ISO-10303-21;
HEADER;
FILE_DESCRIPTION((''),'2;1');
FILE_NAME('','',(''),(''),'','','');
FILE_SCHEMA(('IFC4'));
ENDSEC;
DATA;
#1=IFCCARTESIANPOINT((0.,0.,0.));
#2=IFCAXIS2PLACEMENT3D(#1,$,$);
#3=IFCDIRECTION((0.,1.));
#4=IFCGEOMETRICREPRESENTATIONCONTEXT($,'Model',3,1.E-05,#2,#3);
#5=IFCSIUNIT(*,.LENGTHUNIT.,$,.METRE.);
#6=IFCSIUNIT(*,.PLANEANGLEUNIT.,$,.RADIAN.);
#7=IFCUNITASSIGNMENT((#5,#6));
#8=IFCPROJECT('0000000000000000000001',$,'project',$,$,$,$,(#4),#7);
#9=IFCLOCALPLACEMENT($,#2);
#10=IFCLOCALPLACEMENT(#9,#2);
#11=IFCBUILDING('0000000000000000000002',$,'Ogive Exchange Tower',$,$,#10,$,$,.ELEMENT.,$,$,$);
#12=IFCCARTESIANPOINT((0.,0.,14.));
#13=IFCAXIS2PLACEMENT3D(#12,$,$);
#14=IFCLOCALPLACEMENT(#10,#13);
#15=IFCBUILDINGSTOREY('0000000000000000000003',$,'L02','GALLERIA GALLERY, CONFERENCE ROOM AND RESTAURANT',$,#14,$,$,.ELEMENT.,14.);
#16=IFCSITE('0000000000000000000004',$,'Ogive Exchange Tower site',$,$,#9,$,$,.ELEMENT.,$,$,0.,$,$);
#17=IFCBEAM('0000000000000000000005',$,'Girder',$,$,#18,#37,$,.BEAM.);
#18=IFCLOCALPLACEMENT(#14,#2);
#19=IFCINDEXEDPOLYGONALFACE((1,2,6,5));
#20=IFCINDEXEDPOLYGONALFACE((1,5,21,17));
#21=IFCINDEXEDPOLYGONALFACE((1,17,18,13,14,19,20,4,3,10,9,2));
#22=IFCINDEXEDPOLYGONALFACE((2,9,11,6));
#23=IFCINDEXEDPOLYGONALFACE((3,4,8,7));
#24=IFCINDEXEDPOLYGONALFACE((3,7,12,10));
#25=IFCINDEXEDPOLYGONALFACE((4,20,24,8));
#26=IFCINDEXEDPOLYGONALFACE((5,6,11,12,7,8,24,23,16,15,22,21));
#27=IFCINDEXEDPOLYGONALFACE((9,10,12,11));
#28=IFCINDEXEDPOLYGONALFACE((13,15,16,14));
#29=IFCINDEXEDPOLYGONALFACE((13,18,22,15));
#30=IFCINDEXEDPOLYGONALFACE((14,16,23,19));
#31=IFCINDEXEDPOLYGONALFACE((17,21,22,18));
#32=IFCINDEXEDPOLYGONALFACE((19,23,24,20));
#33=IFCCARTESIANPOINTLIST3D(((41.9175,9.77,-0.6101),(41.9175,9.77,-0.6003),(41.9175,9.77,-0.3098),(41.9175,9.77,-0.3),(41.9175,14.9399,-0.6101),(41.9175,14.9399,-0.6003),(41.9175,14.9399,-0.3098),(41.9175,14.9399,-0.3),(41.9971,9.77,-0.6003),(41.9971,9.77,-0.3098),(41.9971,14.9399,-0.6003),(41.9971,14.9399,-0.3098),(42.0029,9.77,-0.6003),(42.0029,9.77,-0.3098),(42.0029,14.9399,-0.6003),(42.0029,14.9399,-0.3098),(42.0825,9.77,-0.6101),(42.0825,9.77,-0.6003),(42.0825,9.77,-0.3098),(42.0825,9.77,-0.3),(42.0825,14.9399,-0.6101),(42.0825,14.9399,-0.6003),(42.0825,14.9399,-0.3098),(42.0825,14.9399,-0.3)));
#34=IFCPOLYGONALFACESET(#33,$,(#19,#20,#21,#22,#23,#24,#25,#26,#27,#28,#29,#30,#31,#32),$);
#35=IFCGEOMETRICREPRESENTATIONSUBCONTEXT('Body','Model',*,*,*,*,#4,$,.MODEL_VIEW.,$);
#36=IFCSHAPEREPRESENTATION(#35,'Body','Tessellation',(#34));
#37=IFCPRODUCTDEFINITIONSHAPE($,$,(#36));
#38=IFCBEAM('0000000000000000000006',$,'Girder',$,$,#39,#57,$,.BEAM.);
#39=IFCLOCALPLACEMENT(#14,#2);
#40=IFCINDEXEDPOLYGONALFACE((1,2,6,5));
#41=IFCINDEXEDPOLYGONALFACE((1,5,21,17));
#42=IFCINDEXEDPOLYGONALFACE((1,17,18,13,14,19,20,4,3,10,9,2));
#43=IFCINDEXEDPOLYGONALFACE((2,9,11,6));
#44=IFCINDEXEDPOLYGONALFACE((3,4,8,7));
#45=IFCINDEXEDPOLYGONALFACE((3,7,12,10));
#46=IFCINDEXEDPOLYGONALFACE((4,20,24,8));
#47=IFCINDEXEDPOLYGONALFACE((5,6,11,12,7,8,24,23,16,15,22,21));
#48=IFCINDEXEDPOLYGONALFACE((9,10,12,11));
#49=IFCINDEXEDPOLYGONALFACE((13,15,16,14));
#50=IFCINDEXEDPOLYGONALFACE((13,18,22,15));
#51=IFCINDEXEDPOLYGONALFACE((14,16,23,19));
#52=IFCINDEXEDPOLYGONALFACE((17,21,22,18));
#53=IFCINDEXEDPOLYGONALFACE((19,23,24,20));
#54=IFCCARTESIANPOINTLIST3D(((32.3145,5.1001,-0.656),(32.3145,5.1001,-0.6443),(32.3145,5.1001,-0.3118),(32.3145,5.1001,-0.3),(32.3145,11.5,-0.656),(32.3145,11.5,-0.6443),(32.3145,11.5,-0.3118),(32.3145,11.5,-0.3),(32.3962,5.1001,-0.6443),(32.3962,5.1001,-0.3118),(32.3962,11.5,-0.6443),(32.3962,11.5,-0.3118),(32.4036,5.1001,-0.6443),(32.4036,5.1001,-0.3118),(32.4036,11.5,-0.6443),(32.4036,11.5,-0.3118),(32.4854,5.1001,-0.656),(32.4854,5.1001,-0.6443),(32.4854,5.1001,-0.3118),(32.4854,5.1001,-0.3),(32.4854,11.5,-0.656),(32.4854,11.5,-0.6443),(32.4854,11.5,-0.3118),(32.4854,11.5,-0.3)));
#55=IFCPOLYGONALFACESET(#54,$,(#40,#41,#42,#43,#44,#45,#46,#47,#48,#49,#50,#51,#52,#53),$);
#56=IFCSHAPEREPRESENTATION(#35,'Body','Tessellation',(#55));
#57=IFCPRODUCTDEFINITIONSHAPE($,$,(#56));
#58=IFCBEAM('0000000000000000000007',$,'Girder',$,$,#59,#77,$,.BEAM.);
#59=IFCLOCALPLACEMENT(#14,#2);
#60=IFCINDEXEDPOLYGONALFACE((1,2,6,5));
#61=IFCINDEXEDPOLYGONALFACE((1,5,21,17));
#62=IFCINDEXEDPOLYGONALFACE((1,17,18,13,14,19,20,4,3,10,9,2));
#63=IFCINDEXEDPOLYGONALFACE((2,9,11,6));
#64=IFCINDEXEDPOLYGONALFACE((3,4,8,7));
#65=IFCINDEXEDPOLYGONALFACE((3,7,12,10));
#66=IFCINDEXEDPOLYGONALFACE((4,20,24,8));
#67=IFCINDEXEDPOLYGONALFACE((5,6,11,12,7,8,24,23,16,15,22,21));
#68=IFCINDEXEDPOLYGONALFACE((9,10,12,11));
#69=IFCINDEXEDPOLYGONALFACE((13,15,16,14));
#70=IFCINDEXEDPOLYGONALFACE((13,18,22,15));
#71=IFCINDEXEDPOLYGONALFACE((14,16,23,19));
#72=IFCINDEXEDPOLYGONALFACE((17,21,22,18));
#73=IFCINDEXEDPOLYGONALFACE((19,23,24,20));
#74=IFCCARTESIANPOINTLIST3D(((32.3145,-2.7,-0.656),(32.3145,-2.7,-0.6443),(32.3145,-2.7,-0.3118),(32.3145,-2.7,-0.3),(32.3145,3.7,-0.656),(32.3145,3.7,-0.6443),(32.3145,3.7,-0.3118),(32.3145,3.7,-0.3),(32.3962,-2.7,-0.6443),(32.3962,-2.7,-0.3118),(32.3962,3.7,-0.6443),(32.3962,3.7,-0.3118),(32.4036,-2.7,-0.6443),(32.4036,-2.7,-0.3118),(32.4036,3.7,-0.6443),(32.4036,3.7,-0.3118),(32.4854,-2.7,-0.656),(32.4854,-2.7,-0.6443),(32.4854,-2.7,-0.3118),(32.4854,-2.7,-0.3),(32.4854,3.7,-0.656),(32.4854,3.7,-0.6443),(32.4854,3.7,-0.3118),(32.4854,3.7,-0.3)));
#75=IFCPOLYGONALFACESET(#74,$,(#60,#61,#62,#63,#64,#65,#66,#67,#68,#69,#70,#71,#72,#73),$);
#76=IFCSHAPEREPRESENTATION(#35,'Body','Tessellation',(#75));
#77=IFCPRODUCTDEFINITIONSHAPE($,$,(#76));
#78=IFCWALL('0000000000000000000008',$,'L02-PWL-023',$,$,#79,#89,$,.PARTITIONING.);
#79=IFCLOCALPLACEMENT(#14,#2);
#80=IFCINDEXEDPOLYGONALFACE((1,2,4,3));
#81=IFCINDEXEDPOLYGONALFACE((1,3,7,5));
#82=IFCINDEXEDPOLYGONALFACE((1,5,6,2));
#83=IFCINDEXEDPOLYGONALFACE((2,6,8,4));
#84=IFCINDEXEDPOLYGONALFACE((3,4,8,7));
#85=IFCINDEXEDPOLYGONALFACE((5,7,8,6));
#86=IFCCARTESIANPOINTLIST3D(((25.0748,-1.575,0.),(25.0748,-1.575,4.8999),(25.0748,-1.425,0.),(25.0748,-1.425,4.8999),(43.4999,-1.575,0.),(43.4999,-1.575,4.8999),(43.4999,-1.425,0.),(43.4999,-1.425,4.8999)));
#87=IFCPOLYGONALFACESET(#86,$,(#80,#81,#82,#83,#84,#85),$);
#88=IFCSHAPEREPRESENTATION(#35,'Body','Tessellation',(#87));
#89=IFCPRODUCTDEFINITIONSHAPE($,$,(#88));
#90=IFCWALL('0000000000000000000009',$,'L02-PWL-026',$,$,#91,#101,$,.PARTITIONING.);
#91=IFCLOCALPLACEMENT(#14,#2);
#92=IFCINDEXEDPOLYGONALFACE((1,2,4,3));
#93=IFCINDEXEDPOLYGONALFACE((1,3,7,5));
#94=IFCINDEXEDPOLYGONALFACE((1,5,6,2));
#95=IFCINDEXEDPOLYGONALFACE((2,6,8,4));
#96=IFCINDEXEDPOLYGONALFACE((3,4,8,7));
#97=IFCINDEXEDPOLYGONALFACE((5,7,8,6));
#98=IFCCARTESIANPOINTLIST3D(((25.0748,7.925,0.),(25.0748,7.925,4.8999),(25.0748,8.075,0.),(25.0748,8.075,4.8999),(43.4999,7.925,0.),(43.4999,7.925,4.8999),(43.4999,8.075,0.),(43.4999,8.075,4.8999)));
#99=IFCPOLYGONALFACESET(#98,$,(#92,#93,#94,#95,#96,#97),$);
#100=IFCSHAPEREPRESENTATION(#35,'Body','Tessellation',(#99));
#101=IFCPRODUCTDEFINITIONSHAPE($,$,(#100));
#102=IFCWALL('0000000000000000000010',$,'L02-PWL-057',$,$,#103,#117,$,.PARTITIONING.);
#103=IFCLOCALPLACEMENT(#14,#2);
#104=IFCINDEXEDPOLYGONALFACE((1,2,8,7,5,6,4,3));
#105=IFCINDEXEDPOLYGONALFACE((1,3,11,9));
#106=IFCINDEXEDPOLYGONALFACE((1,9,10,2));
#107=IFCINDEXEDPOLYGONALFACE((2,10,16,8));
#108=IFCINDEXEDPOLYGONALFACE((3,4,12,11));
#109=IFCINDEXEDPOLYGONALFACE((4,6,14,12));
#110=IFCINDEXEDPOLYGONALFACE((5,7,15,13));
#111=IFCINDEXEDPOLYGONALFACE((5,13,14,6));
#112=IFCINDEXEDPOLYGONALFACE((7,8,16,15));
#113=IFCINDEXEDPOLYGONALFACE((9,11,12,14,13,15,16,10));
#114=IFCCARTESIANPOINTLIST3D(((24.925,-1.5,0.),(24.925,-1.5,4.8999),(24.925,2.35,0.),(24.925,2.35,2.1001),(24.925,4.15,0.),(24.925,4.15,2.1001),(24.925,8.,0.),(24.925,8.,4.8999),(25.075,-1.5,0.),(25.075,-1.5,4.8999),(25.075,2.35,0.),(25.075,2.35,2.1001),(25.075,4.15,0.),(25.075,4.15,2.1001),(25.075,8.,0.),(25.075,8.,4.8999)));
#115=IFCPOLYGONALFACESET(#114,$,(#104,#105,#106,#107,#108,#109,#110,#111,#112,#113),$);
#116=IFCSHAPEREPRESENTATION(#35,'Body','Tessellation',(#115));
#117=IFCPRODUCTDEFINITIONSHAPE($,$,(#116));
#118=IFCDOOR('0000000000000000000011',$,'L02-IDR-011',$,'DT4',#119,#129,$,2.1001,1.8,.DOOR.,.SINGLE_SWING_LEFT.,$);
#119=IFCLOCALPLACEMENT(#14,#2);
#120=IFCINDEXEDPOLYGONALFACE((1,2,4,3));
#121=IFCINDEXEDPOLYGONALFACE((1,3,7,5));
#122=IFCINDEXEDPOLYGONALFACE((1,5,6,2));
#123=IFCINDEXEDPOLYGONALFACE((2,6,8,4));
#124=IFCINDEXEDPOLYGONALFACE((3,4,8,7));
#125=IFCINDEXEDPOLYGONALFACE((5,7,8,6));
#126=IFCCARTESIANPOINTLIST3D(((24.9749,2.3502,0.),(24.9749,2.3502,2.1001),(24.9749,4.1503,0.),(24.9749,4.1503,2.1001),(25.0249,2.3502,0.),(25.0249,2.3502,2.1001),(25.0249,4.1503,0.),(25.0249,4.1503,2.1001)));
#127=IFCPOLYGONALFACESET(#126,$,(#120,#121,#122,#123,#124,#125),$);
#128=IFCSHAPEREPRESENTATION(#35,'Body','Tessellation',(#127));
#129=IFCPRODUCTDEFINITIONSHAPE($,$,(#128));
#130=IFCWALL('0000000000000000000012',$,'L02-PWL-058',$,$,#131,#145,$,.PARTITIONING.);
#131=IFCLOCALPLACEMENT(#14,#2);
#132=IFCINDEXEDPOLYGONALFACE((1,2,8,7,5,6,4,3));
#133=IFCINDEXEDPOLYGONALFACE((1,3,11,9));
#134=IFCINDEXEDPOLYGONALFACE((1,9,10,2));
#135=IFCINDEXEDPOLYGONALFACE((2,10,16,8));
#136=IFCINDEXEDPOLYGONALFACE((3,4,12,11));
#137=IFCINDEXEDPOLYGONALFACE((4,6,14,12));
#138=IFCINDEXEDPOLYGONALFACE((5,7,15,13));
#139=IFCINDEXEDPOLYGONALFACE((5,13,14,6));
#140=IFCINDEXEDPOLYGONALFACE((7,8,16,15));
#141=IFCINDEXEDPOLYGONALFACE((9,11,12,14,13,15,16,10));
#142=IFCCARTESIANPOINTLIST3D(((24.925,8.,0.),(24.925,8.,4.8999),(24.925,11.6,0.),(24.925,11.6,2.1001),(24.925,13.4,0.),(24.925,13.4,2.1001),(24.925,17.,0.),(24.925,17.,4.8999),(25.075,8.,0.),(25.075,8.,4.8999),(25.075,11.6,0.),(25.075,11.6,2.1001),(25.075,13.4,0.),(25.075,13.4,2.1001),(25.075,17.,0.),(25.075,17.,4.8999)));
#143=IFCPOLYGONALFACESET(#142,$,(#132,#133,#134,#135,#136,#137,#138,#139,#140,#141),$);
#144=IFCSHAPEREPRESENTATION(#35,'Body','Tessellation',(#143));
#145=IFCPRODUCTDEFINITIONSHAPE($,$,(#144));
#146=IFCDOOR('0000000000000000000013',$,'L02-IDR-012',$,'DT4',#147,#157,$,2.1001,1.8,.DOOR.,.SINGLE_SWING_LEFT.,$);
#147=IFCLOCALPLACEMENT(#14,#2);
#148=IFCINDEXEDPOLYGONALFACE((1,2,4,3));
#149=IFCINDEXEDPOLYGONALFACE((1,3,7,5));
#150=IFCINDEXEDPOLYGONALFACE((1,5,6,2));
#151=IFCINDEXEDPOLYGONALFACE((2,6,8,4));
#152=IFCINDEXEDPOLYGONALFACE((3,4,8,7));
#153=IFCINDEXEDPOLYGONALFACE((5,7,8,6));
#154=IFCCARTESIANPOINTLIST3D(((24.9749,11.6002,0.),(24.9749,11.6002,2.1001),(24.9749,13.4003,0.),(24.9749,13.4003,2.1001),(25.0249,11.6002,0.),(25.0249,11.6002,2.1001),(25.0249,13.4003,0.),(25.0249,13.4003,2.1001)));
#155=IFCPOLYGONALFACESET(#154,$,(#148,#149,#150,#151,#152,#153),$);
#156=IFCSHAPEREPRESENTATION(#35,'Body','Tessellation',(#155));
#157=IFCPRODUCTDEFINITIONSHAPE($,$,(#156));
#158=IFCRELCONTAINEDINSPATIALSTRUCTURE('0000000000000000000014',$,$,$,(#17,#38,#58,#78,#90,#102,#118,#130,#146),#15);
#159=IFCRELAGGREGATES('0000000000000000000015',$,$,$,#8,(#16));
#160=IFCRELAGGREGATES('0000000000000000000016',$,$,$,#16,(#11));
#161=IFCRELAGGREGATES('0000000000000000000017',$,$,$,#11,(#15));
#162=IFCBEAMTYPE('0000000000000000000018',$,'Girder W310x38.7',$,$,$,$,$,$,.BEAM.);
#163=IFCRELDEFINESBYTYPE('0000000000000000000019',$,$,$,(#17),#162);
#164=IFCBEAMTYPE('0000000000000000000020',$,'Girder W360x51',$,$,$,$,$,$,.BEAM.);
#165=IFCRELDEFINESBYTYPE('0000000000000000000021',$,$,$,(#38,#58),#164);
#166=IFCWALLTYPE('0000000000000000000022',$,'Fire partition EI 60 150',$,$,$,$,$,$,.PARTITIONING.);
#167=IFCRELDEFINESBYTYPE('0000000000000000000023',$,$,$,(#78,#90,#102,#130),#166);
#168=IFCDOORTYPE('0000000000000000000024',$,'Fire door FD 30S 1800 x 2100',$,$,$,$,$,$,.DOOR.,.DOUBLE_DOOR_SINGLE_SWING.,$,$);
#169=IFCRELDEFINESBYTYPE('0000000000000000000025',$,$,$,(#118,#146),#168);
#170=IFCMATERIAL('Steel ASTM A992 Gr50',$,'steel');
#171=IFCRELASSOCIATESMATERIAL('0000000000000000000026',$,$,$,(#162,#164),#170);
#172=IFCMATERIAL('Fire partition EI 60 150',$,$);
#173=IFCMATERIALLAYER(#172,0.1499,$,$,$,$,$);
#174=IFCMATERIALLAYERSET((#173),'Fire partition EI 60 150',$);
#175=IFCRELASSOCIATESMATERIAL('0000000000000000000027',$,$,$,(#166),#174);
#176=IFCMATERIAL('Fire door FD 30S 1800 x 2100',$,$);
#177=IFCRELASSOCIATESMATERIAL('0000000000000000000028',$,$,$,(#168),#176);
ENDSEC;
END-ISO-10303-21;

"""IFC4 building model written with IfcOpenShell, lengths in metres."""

from ifc_helpers import new_model, si_unit, direction, frame, frame_2d, origin, origin_2d, place, context, subcontext, project, spatial, rectangle, i_section, extrude, material, layer, layer_set, material_profile, profile_set, type_object, element, fill, save


model = new_model("IFC4")

# Units and contexts
model_context = context("Model", 3, precision=1e-05, world=origin(), true_north=direction((0.0, 1.0)))
body_context = subcontext(model_context, "Body", "Model", "MODEL_VIEW")
ifc_project = project(units=[si_unit("LENGTHUNIT", "METRE"), si_unit("PLANEANGLEUNIT", "RADIAN")], contexts=[model_context])

# Site, building, storey
site_placement = place(None, origin())
site = spatial("IfcSite", under=ifc_project, at=site_placement, Name="Ogive Exchange Tower site", CompositionType="ELEMENT", RefElevation=0.0)
building_placement = place(site_placement, origin())
building = spatial("IfcBuilding", under=site, at=building_placement, Name="Ogive Exchange Tower", CompositionType="ELEMENT")
storey_placement = place(building_placement, frame((0.0, 0.0, 14.0)))
storey = spatial("IfcBuildingStorey", under=building, at=storey_placement, Name="L02", Description="GALLERIA GALLERY, CONFERENCE ROOM AND RESTAURANT", CompositionType="ELEMENT", Elevation=14.0)

# Beams
ifc_material_1 = material(Name="Steel ASTM A992 Gr50", Category="steel")
ifc_material_profile_1 = material_profile(ifc_material_1, i_section(OverallWidth=0.165, OverallDepth=0.3101, WebThickness=0.0059, FlangeThickness=0.0098, at=origin_2d()), Name="W310x38.7")
ifc_profile_set_1 = profile_set([ifc_material_profile_1], Name="Steel ASTM A992 Gr50")
beam_type_1 = type_object("IfcBeamType", Name="Girder W310x38.7", PredefinedType="BEAM", material=ifc_profile_set_1)
beam_1_placement = place(storey_placement, frame((42.0, 9.77, -0.4551), z_axis=(0.0, 1.0, 0.0), x_axis=(-1.0, 0.0, 0.0)))
element("IfcBeam", 1, at=beam_1_placement, inside=storey, type_object=beam_type_1, Name="Girder", PredefinedType="BEAM", context=body_context, shape_type="SweptSolid", body=[
    extrude(i_section(OverallWidth=0.165, OverallDepth=0.3101, WebThickness=0.0059, FlangeThickness=0.0098, at=origin_2d()), origin(), (0.0, 0.0, 1.0), 5.1699),
])
ifc_material_profile_2 = material_profile(ifc_material_1, i_section(OverallWidth=0.1709, OverallDepth=0.356, WebThickness=0.0073, FlangeThickness=0.0117, at=origin_2d()), Name="W360x51")
ifc_profile_set_2 = profile_set([ifc_material_profile_2], Name="Steel ASTM A992 Gr50")
beam_type_2 = type_object("IfcBeamType", Name="Girder W360x51", PredefinedType="BEAM", material=ifc_profile_set_2)
for number, where, z_axis, x_axis, name in (
    (2, (32.3999, 5.1001, -0.478), (0.0, 1.0, 0.0), (-1.0, 0.0, 0.0), "Girder"),
    (3, (32.3999, -2.7, -0.478), (0.0, 1.0, 0.0), (-1.0, 0.0, 0.0), "Girder"),
):
    element("IfcBeam", number, at=place(storey_placement, frame(where, z_axis=z_axis, x_axis=x_axis)), inside=storey, type_object=beam_type_2, Name=name, PredefinedType="BEAM", context=body_context, shape_type="SweptSolid", body=[
        extrude(i_section(OverallWidth=0.1709, OverallDepth=0.356, WebThickness=0.0073, FlangeThickness=0.0117, at=origin_2d()), origin(), (0.0, 0.0, 1.0), 6.3999),
    ])

# Walls
ifc_material_2 = material(Name="Fire partition EI 60 150")
ifc_layer_1 = layer(ifc_material_2, 0.1499)
ifc_layer_set_1 = layer_set([ifc_layer_1], Name="Fire partition EI 60 150")
wall_type_1 = type_object("IfcWallType", Name="Fire partition EI 60 150", PredefinedType="PARTITIONING", material=ifc_layer_set_1)
for number, where, z_axis, x_axis, name in (
    (4, (25.075, -1.5, 0.0), (0.0, 0.0, 1.0), (1.0, 0.0, 0.0), "L02-PWL-023"),
    (5, (25.075, 8.0, 0.0), (0.0, 0.0, 1.0), (1.0, 0.0, 0.0), "L02-PWL-026"),
):
    element("IfcWall", number, at=place(storey_placement, frame(where, z_axis=z_axis, x_axis=x_axis)), inside=storey, type_object=wall_type_1, Name=name, PredefinedType="PARTITIONING", context=body_context, shape_type="SweptSolid", body=[
        extrude(rectangle(XDim=18.425, YDim=0.1499, at=frame_2d((9.2124, 0.0))), origin(), (0.0, 0.0, 1.0), 4.8999),
    ])

# Walls, openings, doors
wall_1_placement = place(storey_placement, frame((25.0, -1.5, 0.0), z_axis=(0.0, 0.0, 1.0), x_axis=(0.0, 1.0, 0.0)))
wall_1 = element("IfcWall", 6, at=wall_1_placement, inside=storey, type_object=wall_type_1, Name="L02-PWL-057", PredefinedType="PARTITIONING", context=body_context, shape_type="SweptSolid", body=[
    extrude(rectangle(XDim=9.5, YDim=0.1499, at=frame_2d((4.75, 0.0))), origin(), (0.0, 0.0, 1.0), 4.8999),
])
opening_1_placement = place(wall_1_placement, frame((3.8501, 0.0, 0.0)))
opening_1 = element("IfcOpeningElement", 7, at=opening_1_placement, cuts=wall_1, PredefinedType="OPENING", context=body_context, shape_type="SweptSolid", body=[
    extrude(rectangle(XDim=1.8, YDim=2.1001, at=frame_2d((0.8999, 1.05))), frame((0.0, 0.085, 0.0), z_axis=(0.0, -1.0, 0.0), x_axis=(1.0, 0.0, 0.0)), (0.0, 0.0, 1.0), 0.1699),
])
ifc_material_3 = material(Name="Fire door FD 30S 1800 x 2100")
door_type = type_object("IfcDoorType", Name="Fire door FD 30S 1800 x 2100", OperationType="DOUBLE_DOOR_SINGLE_SWING", PredefinedType="DOOR", material=ifc_material_3)
door_1_placement = place(opening_1_placement, frame((1.8, 0.0, 0.0), z_axis=(0.0, 0.0, 1.0), x_axis=(-1.0, 0.0, 0.0)))
door_1 = element("IfcDoor", 8, at=door_1_placement, inside=storey, type_object=door_type, Name="L02-IDR-011", ObjectType="DT4", OperationType="SINGLE_SWING_LEFT", OverallHeight=2.1001, OverallWidth=1.8, PredefinedType="DOOR", context=body_context, shape_type="SweptSolid", body=[
    extrude(rectangle(XDim=1.8, YDim=2.1001, at=frame_2d((0.8999, 1.05))), frame((0.0, 0.0249, 0.0), z_axis=(0.0, -1.0, 0.0), x_axis=(1.0, 0.0, 0.0)), (0.0, 0.0, 1.0), 0.05),
])
fill(opening_1, door_1)
wall_2_placement = place(storey_placement, frame((25.0, 8.0, 0.0), z_axis=(0.0, 0.0, 1.0), x_axis=(0.0, 1.0, 0.0)))
wall_2 = element("IfcWall", 9, at=wall_2_placement, inside=storey, type_object=wall_type_1, Name="L02-PWL-058", PredefinedType="PARTITIONING", context=body_context, shape_type="SweptSolid", body=[
    extrude(rectangle(XDim=9.0, YDim=0.1499, at=frame_2d((4.5, 0.0))), origin(), (0.0, 0.0, 1.0), 4.8999),
])
opening_2_placement = place(wall_2_placement, frame((3.6001, 0.0, 0.0)))
opening_2 = element("IfcOpeningElement", 10, at=opening_2_placement, cuts=wall_2, PredefinedType="OPENING", context=body_context, shape_type="SweptSolid", body=[
    extrude(rectangle(XDim=1.8, YDim=2.1001, at=frame_2d((0.8999, 1.05))), frame((0.0, 0.085, 0.0), z_axis=(0.0, -1.0, 0.0), x_axis=(1.0, 0.0, 0.0)), (0.0, 0.0, 1.0), 0.1699),
])
door_2_placement = place(opening_2_placement, frame((1.8, 0.0, 0.0), z_axis=(0.0, 0.0, 1.0), x_axis=(-1.0, 0.0, 0.0)))
door_2 = element("IfcDoor", 11, at=door_2_placement, inside=storey, type_object=door_type, Name="L02-IDR-012", ObjectType="DT4", OperationType="SINGLE_SWING_LEFT", OverallHeight=2.1001, OverallWidth=1.8, PredefinedType="DOOR", context=body_context, shape_type="SweptSolid", body=[
    extrude(rectangle(XDim=1.8, YDim=2.1001, at=frame_2d((0.8999, 1.05))), frame((0.0, 0.0249, 0.0), z_axis=(0.0, -1.0, 0.0), x_axis=(1.0, 0.0, 0.0)), (0.0, 0.0, 1.0), 0.05),
])
fill(opening_2, door_2)

save(model, "model.ifc")
